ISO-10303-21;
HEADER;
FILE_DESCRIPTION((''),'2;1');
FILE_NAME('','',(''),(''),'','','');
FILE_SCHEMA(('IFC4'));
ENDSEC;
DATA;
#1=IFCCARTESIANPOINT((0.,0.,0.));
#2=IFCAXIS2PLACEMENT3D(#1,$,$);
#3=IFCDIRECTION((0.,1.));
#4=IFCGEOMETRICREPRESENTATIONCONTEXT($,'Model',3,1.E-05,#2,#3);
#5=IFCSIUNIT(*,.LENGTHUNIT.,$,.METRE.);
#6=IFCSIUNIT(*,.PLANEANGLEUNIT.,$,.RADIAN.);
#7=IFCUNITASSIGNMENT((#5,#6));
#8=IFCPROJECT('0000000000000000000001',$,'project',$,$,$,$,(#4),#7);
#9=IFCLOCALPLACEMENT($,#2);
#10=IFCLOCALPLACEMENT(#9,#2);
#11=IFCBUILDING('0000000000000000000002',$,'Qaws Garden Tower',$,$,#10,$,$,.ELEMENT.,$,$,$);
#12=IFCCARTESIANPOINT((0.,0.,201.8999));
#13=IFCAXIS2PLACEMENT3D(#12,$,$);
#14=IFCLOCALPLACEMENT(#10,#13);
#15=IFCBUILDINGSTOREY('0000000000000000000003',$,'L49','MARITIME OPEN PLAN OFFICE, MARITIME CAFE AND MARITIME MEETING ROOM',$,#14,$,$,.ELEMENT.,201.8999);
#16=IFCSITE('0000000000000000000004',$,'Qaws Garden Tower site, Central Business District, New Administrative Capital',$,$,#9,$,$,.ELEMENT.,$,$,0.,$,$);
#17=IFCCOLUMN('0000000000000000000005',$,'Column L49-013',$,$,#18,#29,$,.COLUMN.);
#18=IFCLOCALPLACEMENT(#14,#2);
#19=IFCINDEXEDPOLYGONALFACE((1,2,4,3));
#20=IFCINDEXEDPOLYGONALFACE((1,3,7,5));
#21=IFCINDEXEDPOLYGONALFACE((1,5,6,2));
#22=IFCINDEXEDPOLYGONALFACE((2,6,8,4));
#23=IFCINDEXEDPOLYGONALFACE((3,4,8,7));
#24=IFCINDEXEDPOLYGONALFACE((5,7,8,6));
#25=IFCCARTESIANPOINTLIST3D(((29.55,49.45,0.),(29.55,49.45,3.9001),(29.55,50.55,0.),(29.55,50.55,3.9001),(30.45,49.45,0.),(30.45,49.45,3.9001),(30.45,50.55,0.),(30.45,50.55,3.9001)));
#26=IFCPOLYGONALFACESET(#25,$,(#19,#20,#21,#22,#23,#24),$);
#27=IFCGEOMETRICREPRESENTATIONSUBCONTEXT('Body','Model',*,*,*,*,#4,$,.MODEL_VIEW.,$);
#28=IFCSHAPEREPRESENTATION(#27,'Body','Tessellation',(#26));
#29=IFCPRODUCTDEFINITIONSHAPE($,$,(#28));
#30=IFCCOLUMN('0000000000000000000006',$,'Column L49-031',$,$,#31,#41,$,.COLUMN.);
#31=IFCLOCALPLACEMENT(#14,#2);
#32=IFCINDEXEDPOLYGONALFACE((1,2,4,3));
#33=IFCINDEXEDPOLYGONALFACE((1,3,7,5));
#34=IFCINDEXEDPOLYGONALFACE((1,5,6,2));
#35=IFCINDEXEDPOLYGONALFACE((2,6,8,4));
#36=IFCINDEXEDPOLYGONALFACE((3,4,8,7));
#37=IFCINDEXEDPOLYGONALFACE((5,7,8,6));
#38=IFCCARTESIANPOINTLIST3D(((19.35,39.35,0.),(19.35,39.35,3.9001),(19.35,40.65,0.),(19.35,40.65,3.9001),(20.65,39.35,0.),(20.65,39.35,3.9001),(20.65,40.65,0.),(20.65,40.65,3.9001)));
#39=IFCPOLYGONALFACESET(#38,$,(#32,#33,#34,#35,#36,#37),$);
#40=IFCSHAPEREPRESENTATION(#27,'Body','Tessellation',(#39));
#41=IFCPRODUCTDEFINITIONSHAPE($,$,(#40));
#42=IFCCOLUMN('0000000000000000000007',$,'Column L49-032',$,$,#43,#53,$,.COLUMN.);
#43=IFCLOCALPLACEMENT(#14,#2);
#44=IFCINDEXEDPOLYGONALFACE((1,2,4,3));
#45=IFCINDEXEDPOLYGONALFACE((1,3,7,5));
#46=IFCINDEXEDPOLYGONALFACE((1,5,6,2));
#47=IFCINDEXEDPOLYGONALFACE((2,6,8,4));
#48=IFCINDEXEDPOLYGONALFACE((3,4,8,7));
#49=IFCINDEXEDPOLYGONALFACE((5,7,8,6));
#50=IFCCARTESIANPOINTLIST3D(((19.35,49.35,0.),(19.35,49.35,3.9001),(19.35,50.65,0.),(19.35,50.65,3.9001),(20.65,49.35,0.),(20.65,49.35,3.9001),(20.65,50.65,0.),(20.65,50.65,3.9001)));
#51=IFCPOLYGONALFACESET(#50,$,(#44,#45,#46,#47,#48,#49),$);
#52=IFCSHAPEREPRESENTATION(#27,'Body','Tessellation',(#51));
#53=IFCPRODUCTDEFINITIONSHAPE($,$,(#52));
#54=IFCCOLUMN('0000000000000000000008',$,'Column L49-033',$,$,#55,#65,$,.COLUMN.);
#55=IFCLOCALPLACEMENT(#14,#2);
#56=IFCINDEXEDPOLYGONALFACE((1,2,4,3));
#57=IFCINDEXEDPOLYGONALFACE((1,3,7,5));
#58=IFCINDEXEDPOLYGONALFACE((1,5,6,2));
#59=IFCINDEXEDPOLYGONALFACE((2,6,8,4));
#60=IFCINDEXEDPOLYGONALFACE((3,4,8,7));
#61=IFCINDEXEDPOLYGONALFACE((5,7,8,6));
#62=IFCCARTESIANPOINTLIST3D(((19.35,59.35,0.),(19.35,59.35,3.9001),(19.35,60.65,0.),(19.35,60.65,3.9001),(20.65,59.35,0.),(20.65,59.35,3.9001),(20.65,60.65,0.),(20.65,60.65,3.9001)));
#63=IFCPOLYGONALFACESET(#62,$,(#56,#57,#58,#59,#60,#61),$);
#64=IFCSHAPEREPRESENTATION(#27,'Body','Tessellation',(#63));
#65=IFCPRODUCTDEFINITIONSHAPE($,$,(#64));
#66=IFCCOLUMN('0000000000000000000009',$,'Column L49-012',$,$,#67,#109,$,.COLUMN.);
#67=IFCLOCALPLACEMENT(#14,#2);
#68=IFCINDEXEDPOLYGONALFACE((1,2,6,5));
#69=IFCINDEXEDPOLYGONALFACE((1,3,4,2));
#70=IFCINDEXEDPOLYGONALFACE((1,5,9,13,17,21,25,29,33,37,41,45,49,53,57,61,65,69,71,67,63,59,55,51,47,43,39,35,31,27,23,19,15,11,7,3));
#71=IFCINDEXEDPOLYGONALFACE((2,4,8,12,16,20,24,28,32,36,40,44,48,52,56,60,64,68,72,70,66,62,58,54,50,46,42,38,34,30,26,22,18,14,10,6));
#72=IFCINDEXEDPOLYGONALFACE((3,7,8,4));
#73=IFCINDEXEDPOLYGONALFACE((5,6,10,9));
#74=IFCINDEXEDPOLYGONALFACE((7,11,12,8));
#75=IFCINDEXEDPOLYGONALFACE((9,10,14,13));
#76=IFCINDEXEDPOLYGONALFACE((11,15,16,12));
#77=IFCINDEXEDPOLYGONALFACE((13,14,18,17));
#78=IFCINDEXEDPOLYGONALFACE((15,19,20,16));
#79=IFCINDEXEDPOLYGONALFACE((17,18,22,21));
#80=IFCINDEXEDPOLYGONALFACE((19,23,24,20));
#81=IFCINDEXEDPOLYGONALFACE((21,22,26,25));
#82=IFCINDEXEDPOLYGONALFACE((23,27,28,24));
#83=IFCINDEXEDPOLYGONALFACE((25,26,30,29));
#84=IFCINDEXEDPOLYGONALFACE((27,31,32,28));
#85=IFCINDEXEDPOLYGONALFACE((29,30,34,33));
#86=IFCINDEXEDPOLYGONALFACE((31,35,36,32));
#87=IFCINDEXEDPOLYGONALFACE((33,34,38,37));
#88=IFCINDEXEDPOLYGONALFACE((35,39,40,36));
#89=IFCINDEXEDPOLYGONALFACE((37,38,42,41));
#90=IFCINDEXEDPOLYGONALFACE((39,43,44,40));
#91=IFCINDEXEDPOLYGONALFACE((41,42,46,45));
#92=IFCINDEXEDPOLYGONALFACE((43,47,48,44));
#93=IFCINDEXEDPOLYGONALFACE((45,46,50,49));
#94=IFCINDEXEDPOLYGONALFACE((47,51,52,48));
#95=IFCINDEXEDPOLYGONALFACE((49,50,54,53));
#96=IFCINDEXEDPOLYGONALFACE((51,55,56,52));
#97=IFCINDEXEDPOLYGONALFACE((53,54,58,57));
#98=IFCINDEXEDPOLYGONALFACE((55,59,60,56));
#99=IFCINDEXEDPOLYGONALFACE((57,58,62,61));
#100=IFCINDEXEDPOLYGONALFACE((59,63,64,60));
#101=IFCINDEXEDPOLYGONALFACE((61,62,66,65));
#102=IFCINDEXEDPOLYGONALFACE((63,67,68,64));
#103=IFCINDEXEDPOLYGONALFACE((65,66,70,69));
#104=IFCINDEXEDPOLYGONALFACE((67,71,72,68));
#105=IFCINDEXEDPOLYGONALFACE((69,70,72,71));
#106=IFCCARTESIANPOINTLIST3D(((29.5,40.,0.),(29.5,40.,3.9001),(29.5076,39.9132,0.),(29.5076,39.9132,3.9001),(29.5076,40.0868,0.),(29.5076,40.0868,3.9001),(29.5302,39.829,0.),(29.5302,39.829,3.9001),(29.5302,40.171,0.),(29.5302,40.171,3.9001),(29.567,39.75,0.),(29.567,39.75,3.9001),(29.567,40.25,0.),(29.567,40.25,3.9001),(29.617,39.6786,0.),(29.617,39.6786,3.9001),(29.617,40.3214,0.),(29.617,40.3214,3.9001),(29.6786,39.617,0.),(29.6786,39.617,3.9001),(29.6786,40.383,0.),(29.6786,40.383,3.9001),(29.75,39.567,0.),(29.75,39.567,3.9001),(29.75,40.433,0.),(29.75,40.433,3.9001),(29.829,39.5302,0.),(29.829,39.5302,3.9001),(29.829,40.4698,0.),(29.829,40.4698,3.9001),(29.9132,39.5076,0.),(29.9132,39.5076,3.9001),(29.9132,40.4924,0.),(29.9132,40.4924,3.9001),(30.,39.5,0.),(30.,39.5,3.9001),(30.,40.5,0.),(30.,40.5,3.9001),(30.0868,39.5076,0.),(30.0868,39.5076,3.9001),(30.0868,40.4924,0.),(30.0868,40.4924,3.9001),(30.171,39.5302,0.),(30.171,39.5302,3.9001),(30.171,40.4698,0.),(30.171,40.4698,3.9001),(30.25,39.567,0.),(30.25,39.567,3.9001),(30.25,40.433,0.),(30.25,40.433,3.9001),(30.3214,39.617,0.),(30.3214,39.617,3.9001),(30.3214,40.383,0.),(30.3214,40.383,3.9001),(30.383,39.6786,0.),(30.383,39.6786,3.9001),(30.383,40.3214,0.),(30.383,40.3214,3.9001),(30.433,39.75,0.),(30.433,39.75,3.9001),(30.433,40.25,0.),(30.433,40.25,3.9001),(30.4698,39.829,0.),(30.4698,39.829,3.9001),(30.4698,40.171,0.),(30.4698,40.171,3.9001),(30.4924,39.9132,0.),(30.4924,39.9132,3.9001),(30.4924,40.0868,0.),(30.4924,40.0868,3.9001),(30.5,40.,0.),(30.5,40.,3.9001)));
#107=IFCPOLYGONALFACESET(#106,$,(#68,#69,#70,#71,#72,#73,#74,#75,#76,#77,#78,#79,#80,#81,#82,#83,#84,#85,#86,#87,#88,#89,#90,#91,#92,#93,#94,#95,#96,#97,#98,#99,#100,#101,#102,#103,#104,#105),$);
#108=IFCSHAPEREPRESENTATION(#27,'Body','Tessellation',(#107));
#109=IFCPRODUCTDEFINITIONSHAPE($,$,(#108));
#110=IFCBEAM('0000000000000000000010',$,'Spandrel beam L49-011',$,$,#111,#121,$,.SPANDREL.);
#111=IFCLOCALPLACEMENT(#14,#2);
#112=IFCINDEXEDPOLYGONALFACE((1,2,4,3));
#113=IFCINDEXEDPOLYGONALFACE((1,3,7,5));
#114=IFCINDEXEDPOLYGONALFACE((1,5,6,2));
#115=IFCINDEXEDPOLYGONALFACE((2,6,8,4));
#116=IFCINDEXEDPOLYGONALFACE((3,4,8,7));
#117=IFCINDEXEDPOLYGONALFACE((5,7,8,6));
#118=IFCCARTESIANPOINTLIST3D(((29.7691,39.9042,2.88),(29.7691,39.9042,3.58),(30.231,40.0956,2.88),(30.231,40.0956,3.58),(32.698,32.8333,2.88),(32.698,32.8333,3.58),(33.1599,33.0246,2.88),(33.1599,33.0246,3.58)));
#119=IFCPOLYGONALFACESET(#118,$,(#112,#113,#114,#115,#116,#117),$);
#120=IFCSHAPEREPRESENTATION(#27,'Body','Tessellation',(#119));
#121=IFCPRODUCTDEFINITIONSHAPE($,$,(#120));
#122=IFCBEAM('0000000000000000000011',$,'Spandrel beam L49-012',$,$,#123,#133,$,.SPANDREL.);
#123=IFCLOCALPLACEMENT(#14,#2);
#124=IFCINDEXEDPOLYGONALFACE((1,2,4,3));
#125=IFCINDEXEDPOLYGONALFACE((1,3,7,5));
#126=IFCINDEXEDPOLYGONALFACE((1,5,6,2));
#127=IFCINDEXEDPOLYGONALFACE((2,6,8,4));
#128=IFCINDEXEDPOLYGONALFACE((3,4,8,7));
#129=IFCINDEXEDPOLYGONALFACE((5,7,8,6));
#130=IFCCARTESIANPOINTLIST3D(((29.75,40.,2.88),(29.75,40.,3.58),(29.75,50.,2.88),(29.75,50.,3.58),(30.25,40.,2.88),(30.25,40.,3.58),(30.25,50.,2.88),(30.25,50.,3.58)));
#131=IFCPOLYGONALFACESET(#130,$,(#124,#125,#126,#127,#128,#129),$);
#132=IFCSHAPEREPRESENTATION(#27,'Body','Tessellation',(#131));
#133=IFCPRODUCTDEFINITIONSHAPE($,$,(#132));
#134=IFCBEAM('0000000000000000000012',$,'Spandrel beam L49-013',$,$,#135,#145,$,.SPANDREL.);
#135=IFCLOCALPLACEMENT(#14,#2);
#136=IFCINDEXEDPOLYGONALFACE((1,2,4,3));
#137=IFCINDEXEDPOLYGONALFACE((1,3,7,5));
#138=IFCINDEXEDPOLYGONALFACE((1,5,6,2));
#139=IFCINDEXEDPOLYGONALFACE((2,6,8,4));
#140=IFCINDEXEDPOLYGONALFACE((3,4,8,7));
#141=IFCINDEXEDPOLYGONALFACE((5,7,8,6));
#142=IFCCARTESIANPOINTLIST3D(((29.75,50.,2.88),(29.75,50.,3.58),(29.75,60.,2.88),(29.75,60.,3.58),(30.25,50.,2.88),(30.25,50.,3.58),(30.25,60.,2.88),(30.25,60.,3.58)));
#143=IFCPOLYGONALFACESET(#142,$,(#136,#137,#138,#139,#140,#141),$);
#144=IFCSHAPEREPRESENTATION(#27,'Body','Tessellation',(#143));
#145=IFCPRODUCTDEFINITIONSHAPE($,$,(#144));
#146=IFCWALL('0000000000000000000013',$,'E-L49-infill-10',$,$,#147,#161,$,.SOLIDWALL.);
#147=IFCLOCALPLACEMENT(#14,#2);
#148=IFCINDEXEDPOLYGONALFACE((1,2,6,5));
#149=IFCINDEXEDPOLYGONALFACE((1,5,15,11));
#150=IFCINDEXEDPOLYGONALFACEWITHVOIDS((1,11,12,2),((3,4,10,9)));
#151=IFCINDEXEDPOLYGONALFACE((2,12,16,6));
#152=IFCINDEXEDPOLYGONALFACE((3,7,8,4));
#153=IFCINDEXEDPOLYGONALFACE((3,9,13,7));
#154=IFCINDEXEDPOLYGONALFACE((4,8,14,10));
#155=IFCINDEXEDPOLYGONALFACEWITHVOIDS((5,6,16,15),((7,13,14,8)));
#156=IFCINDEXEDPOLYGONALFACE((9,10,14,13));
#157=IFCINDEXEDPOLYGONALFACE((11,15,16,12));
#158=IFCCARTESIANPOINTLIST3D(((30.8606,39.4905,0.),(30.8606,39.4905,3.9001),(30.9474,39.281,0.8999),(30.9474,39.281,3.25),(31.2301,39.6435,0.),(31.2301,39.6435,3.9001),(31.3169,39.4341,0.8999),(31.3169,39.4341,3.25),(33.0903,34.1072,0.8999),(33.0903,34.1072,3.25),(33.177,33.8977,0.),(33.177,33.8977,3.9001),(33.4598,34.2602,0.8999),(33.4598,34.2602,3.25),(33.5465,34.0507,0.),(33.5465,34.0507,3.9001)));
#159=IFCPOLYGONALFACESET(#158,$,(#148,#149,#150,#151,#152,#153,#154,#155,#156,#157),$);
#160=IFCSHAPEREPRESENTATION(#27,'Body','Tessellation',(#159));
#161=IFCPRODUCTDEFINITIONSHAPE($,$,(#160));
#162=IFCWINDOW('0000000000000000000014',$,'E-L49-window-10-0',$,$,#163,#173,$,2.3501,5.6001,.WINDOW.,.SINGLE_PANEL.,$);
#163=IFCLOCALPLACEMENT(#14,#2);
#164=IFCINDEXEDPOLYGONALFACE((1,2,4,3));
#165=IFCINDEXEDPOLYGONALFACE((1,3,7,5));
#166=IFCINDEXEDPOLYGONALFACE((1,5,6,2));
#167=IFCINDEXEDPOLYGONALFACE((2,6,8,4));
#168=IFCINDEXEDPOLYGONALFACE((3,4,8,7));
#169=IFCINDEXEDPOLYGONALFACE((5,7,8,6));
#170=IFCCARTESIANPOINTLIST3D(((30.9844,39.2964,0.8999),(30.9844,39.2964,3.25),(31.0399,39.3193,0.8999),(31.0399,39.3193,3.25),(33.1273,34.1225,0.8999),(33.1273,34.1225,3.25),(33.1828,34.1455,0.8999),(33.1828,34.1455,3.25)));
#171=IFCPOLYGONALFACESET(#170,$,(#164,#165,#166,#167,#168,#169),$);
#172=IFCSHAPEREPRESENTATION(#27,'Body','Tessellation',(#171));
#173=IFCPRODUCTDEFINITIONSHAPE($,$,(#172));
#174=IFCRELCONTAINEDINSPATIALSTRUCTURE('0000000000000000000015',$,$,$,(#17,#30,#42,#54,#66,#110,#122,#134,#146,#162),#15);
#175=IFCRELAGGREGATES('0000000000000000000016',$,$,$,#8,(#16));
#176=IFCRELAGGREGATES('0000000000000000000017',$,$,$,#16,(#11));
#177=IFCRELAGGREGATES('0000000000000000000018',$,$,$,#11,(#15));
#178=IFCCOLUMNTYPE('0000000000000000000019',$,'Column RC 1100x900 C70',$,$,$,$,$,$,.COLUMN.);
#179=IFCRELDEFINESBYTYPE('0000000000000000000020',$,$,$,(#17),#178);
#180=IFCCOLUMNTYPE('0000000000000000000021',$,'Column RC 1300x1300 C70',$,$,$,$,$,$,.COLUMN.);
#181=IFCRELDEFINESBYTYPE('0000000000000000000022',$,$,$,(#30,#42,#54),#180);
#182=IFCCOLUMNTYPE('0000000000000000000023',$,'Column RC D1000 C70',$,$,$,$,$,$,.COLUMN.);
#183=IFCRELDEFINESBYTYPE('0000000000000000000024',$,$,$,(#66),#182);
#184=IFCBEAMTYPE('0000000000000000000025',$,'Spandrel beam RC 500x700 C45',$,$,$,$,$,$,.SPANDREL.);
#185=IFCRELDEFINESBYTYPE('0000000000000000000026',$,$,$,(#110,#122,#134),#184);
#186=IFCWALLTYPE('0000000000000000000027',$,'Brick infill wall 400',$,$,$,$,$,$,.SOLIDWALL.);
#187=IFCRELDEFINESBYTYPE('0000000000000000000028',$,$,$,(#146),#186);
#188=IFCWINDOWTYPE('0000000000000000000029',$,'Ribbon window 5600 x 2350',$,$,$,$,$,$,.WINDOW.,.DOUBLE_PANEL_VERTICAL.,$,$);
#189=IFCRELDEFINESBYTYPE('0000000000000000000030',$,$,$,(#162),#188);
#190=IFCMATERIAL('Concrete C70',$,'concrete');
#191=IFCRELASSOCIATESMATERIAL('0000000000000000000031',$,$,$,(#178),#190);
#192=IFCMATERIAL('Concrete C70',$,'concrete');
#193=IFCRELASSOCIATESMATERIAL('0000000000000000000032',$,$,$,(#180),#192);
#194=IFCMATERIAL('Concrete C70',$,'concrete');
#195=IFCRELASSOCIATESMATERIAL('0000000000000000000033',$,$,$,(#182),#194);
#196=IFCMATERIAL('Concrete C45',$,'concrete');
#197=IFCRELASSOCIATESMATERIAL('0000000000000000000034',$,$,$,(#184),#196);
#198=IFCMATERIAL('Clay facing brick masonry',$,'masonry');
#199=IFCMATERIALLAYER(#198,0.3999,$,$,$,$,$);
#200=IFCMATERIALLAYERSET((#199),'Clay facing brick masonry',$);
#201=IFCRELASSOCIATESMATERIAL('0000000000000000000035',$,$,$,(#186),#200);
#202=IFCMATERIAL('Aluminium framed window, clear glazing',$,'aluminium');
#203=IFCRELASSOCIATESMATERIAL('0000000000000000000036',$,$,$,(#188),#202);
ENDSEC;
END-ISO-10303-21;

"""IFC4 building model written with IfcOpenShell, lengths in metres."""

from ifc_helpers import new_model, si_unit, direction, frame, frame_2d, origin, origin_2d, place, context, subcontext, project, spatial, rectangle, circle, extrude, material, layer, layer_set, material_profile, profile_set, type_object, element, fill, save


model = new_model("IFC4")

# Units and contexts
model_context = context("Model", 3, precision=1e-05, world=origin(), true_north=direction((0.0, 1.0)))
body_context = subcontext(model_context, "Body", "Model", "MODEL_VIEW")
ifc_project = project(units=[si_unit("LENGTHUNIT", "METRE"), si_unit("PLANEANGLEUNIT", "RADIAN")], contexts=[model_context])

# Site, building, storey
site_placement = place(None, origin())
site = spatial("IfcSite", under=ifc_project, at=site_placement, Name="Qaws Garden Tower site, Central Business District, New Administrative Capital", CompositionType="ELEMENT", RefElevation=0.0)
building_placement = place(site_placement, origin())
building = spatial("IfcBuilding", under=site, at=building_placement, Name="Qaws Garden Tower", CompositionType="ELEMENT")
storey_placement = place(building_placement, frame((0.0, 0.0, 201.8999)))
storey = spatial("IfcBuildingStorey", under=building, at=storey_placement, Name="L49", Description="MARITIME OPEN PLAN OFFICE, MARITIME CAFE AND MARITIME MEETING ROOM", CompositionType="ELEMENT", Elevation=201.8999)

# Columns
ifc_material_1 = material(Name="Concrete C70", Category="concrete")
ifc_material_profile_1 = material_profile(ifc_material_1, rectangle(XDim=1.1001, YDim=0.8999, at=origin_2d()), Name="RC 1100x900")
ifc_profile_set_1 = profile_set([ifc_material_profile_1], Name="Concrete C70")
column_type_1 = type_object("IfcColumnType", Name="Column RC 1100x900 C70", PredefinedType="COLUMN", material=ifc_profile_set_1)
column_1_placement = place(storey_placement, frame((30.0, 50.0, 0.0), z_axis=(0.0, 0.0, 1.0), x_axis=(0.0, 1.0, 0.0)))
element("IfcColumn", 1, at=column_1_placement, inside=storey, type_object=column_type_1, Name="Column L49-013", PredefinedType="COLUMN", context=body_context, shape_type="SweptSolid", body=[
    extrude(rectangle(XDim=1.1001, YDim=0.8999, at=origin_2d()), origin(), (0.0, 0.0, 1.0), 3.9001),
])
ifc_material_2 = material(Name="Concrete C70", Category="concrete")
ifc_material_profile_2 = material_profile(ifc_material_2, rectangle(XDim=1.3, YDim=1.3, at=origin_2d()), Name="RC 1300x1300")
ifc_profile_set_2 = profile_set([ifc_material_profile_2], Name="Concrete C70")
column_type_2 = type_object("IfcColumnType", Name="Column RC 1300x1300 C70", PredefinedType="COLUMN", material=ifc_profile_set_2)
for number, where, z_axis, x_axis, name in (
    (2, (20.0, 40.0, 0.0), (0.0, 0.0, 1.0), (1.0, 0.0, 0.0), "Column L49-031"),
    (3, (20.0, 50.0, 0.0), (0.0, 0.0, 1.0), (1.0, 0.0, 0.0), "Column L49-032"),
    (4, (20.0, 60.0, 0.0), (0.0, 0.0, 1.0), (1.0, 0.0, 0.0), "Column L49-033"),
):
    element("IfcColumn", number, at=place(storey_placement, frame(where, z_axis=z_axis, x_axis=x_axis)), inside=storey, type_object=column_type_2, Name=name, PredefinedType="COLUMN", context=body_context, shape_type="SweptSolid", body=[
        extrude(rectangle(XDim=1.3, YDim=1.3, at=origin_2d()), origin(), (0.0, 0.0, 1.0), 3.9001),
    ])
ifc_material_3 = material(Name="Concrete C70", Category="concrete")
ifc_material_profile_3 = material_profile(ifc_material_3, circle(Radius=0.5, at=origin_2d()), Name="RC D1000")
ifc_profile_set_3 = profile_set([ifc_material_profile_3], Name="Concrete C70")
column_type_3 = type_object("IfcColumnType", Name="Column RC D1000 C70", PredefinedType="COLUMN", material=ifc_profile_set_3)
column_2_placement = place(storey_placement, frame((30.0, 40.0, 0.0), z_axis=(0.0, 0.0, 1.0), x_axis=(1.0, 0.0, 0.0)))
element("IfcColumn", 5, at=column_2_placement, inside=storey, type_object=column_type_3, Name="Column L49-012", PredefinedType="COLUMN", context=body_context, shape_type="SweptSolid", body=[
    extrude(circle(Radius=0.5, at=origin_2d()), origin(), (0.0, 0.0, 1.0), 3.9001),
])

# Beams
ifc_material_4 = material(Name="Concrete C45", Category="concrete")
ifc_material_profile_4 = material_profile(ifc_material_4, rectangle(XDim=0.5, YDim=0.7, at=origin_2d()), Name="RC 500x700")
ifc_profile_set_4 = profile_set([ifc_material_profile_4], Name="Concrete C45")
beam_type = type_object("IfcBeamType", Name="Spandrel beam RC 500x700 C45", PredefinedType="SPANDREL", material=ifc_profile_set_4)
beam_placement = place(storey_placement, frame((32.929, 32.929, 3.23), z_axis=(-0.382687, 0.923878, 0.0), x_axis=(-0.923878, -0.382687, 0.0)))
element("IfcBeam", 6, at=beam_placement, inside=storey, type_object=beam_type, Name="Spandrel beam L49-011", PredefinedType="SPANDREL", context=body_context, shape_type="SweptSolid", body=[
    extrude(rectangle(XDim=0.5, YDim=0.7, at=origin_2d()), origin(), (0.0, 0.0, 1.0), 7.6536),
])
for number, where, z_axis, x_axis, name in (
    (7, (30.0, 40.0, 3.23), (0.0, 1.0, 0.0), (-1.0, 0.0, 0.0), "Spandrel beam L49-012"),
    (8, (30.0, 50.0, 3.23), (0.0, 1.0, 0.0), (-1.0, 0.0, 0.0), "Spandrel beam L49-013"),
):
    element("IfcBeam", number, at=place(storey_placement, frame(where, z_axis=z_axis, x_axis=x_axis)), inside=storey, type_object=beam_type, Name=name, PredefinedType="SPANDREL", context=body_context, shape_type="SweptSolid", body=[
        extrude(rectangle(XDim=0.5, YDim=0.7, at=origin_2d()), origin(), (0.0, 0.0, 1.0), 10.0),
    ])

# Wall, opening, window
ifc_material_5 = material(Name="Clay facing brick masonry", Category="masonry")
ifc_layer_1 = layer(ifc_material_5, 0.3999)
ifc_layer_set_1 = layer_set([ifc_layer_1], Name="Clay facing brick masonry")
wall_type_1 = type_object("IfcWallType", Name="Brick infill wall 400", PredefinedType="SOLIDWALL", material=ifc_layer_set_1)
wall_1_placement = place(storey_placement, frame((33.3618, 33.9741, 0.0), z_axis=(0.0, 0.0, 1.0), x_axis=(-0.382656, 0.923891, 0.0)))
wall_1 = element("IfcWall", 9, at=wall_1_placement, inside=storey, type_object=wall_type_1, Name="E-L49-infill-10", PredefinedType="SOLIDWALL", context=body_context, shape_type="SweptSolid", body=[
    extrude(rectangle(XDim=6.0535, YDim=0.3999, at=frame_2d((3.0269, 0.0))), origin(), (0.0, 0.0, 1.0), 3.9001),
])
opening_1_placement = place(wall_1_placement, frame((0.2268, 0.0, 0.8999)))
opening_1 = element("IfcOpeningElement", 10, at=opening_1_placement, cuts=wall_1, PredefinedType="OPENING", context=body_context, shape_type="SweptSolid", body=[
    extrude(rectangle(XDim=5.6001, YDim=2.3501, at=frame_2d((2.8, 1.175))), frame((0.0, 0.21, 0.0), z_axis=(0.0, -1.0, 0.0), x_axis=(1.0, 0.0, 0.0)), (0.0, 0.0, 1.0), 0.4199),
])
ifc_material_6 = material(Name="Aluminium framed window, clear glazing", Category="aluminium")
window_type_1 = type_object("IfcWindowType", Name="Ribbon window 5600 x 2350", PartitioningType="DOUBLE_PANEL_VERTICAL", PredefinedType="WINDOW", material=ifc_material_6)
window_1_placement = place(opening_1_placement, origin())
window_1 = element("IfcWindow", 11, at=window_1_placement, inside=storey, type_object=window_type_1, Name="E-L49-window-10-0", OverallHeight=2.3501, OverallWidth=5.6001, PartitioningType="SINGLE_PANEL", PredefinedType="WINDOW", context=body_context, shape_type="SweptSolid", body=[
    extrude(rectangle(XDim=5.6001, YDim=2.3501, at=frame_2d((2.8, 1.175))), frame((0.0, 0.1599, 0.0), z_axis=(0.0, -1.0, 0.0), x_axis=(1.0, 0.0, 0.0)), (0.0, 0.0, 1.0), 0.0601),
])
fill(opening_1, window_1)

save(model, "model.ifc")
